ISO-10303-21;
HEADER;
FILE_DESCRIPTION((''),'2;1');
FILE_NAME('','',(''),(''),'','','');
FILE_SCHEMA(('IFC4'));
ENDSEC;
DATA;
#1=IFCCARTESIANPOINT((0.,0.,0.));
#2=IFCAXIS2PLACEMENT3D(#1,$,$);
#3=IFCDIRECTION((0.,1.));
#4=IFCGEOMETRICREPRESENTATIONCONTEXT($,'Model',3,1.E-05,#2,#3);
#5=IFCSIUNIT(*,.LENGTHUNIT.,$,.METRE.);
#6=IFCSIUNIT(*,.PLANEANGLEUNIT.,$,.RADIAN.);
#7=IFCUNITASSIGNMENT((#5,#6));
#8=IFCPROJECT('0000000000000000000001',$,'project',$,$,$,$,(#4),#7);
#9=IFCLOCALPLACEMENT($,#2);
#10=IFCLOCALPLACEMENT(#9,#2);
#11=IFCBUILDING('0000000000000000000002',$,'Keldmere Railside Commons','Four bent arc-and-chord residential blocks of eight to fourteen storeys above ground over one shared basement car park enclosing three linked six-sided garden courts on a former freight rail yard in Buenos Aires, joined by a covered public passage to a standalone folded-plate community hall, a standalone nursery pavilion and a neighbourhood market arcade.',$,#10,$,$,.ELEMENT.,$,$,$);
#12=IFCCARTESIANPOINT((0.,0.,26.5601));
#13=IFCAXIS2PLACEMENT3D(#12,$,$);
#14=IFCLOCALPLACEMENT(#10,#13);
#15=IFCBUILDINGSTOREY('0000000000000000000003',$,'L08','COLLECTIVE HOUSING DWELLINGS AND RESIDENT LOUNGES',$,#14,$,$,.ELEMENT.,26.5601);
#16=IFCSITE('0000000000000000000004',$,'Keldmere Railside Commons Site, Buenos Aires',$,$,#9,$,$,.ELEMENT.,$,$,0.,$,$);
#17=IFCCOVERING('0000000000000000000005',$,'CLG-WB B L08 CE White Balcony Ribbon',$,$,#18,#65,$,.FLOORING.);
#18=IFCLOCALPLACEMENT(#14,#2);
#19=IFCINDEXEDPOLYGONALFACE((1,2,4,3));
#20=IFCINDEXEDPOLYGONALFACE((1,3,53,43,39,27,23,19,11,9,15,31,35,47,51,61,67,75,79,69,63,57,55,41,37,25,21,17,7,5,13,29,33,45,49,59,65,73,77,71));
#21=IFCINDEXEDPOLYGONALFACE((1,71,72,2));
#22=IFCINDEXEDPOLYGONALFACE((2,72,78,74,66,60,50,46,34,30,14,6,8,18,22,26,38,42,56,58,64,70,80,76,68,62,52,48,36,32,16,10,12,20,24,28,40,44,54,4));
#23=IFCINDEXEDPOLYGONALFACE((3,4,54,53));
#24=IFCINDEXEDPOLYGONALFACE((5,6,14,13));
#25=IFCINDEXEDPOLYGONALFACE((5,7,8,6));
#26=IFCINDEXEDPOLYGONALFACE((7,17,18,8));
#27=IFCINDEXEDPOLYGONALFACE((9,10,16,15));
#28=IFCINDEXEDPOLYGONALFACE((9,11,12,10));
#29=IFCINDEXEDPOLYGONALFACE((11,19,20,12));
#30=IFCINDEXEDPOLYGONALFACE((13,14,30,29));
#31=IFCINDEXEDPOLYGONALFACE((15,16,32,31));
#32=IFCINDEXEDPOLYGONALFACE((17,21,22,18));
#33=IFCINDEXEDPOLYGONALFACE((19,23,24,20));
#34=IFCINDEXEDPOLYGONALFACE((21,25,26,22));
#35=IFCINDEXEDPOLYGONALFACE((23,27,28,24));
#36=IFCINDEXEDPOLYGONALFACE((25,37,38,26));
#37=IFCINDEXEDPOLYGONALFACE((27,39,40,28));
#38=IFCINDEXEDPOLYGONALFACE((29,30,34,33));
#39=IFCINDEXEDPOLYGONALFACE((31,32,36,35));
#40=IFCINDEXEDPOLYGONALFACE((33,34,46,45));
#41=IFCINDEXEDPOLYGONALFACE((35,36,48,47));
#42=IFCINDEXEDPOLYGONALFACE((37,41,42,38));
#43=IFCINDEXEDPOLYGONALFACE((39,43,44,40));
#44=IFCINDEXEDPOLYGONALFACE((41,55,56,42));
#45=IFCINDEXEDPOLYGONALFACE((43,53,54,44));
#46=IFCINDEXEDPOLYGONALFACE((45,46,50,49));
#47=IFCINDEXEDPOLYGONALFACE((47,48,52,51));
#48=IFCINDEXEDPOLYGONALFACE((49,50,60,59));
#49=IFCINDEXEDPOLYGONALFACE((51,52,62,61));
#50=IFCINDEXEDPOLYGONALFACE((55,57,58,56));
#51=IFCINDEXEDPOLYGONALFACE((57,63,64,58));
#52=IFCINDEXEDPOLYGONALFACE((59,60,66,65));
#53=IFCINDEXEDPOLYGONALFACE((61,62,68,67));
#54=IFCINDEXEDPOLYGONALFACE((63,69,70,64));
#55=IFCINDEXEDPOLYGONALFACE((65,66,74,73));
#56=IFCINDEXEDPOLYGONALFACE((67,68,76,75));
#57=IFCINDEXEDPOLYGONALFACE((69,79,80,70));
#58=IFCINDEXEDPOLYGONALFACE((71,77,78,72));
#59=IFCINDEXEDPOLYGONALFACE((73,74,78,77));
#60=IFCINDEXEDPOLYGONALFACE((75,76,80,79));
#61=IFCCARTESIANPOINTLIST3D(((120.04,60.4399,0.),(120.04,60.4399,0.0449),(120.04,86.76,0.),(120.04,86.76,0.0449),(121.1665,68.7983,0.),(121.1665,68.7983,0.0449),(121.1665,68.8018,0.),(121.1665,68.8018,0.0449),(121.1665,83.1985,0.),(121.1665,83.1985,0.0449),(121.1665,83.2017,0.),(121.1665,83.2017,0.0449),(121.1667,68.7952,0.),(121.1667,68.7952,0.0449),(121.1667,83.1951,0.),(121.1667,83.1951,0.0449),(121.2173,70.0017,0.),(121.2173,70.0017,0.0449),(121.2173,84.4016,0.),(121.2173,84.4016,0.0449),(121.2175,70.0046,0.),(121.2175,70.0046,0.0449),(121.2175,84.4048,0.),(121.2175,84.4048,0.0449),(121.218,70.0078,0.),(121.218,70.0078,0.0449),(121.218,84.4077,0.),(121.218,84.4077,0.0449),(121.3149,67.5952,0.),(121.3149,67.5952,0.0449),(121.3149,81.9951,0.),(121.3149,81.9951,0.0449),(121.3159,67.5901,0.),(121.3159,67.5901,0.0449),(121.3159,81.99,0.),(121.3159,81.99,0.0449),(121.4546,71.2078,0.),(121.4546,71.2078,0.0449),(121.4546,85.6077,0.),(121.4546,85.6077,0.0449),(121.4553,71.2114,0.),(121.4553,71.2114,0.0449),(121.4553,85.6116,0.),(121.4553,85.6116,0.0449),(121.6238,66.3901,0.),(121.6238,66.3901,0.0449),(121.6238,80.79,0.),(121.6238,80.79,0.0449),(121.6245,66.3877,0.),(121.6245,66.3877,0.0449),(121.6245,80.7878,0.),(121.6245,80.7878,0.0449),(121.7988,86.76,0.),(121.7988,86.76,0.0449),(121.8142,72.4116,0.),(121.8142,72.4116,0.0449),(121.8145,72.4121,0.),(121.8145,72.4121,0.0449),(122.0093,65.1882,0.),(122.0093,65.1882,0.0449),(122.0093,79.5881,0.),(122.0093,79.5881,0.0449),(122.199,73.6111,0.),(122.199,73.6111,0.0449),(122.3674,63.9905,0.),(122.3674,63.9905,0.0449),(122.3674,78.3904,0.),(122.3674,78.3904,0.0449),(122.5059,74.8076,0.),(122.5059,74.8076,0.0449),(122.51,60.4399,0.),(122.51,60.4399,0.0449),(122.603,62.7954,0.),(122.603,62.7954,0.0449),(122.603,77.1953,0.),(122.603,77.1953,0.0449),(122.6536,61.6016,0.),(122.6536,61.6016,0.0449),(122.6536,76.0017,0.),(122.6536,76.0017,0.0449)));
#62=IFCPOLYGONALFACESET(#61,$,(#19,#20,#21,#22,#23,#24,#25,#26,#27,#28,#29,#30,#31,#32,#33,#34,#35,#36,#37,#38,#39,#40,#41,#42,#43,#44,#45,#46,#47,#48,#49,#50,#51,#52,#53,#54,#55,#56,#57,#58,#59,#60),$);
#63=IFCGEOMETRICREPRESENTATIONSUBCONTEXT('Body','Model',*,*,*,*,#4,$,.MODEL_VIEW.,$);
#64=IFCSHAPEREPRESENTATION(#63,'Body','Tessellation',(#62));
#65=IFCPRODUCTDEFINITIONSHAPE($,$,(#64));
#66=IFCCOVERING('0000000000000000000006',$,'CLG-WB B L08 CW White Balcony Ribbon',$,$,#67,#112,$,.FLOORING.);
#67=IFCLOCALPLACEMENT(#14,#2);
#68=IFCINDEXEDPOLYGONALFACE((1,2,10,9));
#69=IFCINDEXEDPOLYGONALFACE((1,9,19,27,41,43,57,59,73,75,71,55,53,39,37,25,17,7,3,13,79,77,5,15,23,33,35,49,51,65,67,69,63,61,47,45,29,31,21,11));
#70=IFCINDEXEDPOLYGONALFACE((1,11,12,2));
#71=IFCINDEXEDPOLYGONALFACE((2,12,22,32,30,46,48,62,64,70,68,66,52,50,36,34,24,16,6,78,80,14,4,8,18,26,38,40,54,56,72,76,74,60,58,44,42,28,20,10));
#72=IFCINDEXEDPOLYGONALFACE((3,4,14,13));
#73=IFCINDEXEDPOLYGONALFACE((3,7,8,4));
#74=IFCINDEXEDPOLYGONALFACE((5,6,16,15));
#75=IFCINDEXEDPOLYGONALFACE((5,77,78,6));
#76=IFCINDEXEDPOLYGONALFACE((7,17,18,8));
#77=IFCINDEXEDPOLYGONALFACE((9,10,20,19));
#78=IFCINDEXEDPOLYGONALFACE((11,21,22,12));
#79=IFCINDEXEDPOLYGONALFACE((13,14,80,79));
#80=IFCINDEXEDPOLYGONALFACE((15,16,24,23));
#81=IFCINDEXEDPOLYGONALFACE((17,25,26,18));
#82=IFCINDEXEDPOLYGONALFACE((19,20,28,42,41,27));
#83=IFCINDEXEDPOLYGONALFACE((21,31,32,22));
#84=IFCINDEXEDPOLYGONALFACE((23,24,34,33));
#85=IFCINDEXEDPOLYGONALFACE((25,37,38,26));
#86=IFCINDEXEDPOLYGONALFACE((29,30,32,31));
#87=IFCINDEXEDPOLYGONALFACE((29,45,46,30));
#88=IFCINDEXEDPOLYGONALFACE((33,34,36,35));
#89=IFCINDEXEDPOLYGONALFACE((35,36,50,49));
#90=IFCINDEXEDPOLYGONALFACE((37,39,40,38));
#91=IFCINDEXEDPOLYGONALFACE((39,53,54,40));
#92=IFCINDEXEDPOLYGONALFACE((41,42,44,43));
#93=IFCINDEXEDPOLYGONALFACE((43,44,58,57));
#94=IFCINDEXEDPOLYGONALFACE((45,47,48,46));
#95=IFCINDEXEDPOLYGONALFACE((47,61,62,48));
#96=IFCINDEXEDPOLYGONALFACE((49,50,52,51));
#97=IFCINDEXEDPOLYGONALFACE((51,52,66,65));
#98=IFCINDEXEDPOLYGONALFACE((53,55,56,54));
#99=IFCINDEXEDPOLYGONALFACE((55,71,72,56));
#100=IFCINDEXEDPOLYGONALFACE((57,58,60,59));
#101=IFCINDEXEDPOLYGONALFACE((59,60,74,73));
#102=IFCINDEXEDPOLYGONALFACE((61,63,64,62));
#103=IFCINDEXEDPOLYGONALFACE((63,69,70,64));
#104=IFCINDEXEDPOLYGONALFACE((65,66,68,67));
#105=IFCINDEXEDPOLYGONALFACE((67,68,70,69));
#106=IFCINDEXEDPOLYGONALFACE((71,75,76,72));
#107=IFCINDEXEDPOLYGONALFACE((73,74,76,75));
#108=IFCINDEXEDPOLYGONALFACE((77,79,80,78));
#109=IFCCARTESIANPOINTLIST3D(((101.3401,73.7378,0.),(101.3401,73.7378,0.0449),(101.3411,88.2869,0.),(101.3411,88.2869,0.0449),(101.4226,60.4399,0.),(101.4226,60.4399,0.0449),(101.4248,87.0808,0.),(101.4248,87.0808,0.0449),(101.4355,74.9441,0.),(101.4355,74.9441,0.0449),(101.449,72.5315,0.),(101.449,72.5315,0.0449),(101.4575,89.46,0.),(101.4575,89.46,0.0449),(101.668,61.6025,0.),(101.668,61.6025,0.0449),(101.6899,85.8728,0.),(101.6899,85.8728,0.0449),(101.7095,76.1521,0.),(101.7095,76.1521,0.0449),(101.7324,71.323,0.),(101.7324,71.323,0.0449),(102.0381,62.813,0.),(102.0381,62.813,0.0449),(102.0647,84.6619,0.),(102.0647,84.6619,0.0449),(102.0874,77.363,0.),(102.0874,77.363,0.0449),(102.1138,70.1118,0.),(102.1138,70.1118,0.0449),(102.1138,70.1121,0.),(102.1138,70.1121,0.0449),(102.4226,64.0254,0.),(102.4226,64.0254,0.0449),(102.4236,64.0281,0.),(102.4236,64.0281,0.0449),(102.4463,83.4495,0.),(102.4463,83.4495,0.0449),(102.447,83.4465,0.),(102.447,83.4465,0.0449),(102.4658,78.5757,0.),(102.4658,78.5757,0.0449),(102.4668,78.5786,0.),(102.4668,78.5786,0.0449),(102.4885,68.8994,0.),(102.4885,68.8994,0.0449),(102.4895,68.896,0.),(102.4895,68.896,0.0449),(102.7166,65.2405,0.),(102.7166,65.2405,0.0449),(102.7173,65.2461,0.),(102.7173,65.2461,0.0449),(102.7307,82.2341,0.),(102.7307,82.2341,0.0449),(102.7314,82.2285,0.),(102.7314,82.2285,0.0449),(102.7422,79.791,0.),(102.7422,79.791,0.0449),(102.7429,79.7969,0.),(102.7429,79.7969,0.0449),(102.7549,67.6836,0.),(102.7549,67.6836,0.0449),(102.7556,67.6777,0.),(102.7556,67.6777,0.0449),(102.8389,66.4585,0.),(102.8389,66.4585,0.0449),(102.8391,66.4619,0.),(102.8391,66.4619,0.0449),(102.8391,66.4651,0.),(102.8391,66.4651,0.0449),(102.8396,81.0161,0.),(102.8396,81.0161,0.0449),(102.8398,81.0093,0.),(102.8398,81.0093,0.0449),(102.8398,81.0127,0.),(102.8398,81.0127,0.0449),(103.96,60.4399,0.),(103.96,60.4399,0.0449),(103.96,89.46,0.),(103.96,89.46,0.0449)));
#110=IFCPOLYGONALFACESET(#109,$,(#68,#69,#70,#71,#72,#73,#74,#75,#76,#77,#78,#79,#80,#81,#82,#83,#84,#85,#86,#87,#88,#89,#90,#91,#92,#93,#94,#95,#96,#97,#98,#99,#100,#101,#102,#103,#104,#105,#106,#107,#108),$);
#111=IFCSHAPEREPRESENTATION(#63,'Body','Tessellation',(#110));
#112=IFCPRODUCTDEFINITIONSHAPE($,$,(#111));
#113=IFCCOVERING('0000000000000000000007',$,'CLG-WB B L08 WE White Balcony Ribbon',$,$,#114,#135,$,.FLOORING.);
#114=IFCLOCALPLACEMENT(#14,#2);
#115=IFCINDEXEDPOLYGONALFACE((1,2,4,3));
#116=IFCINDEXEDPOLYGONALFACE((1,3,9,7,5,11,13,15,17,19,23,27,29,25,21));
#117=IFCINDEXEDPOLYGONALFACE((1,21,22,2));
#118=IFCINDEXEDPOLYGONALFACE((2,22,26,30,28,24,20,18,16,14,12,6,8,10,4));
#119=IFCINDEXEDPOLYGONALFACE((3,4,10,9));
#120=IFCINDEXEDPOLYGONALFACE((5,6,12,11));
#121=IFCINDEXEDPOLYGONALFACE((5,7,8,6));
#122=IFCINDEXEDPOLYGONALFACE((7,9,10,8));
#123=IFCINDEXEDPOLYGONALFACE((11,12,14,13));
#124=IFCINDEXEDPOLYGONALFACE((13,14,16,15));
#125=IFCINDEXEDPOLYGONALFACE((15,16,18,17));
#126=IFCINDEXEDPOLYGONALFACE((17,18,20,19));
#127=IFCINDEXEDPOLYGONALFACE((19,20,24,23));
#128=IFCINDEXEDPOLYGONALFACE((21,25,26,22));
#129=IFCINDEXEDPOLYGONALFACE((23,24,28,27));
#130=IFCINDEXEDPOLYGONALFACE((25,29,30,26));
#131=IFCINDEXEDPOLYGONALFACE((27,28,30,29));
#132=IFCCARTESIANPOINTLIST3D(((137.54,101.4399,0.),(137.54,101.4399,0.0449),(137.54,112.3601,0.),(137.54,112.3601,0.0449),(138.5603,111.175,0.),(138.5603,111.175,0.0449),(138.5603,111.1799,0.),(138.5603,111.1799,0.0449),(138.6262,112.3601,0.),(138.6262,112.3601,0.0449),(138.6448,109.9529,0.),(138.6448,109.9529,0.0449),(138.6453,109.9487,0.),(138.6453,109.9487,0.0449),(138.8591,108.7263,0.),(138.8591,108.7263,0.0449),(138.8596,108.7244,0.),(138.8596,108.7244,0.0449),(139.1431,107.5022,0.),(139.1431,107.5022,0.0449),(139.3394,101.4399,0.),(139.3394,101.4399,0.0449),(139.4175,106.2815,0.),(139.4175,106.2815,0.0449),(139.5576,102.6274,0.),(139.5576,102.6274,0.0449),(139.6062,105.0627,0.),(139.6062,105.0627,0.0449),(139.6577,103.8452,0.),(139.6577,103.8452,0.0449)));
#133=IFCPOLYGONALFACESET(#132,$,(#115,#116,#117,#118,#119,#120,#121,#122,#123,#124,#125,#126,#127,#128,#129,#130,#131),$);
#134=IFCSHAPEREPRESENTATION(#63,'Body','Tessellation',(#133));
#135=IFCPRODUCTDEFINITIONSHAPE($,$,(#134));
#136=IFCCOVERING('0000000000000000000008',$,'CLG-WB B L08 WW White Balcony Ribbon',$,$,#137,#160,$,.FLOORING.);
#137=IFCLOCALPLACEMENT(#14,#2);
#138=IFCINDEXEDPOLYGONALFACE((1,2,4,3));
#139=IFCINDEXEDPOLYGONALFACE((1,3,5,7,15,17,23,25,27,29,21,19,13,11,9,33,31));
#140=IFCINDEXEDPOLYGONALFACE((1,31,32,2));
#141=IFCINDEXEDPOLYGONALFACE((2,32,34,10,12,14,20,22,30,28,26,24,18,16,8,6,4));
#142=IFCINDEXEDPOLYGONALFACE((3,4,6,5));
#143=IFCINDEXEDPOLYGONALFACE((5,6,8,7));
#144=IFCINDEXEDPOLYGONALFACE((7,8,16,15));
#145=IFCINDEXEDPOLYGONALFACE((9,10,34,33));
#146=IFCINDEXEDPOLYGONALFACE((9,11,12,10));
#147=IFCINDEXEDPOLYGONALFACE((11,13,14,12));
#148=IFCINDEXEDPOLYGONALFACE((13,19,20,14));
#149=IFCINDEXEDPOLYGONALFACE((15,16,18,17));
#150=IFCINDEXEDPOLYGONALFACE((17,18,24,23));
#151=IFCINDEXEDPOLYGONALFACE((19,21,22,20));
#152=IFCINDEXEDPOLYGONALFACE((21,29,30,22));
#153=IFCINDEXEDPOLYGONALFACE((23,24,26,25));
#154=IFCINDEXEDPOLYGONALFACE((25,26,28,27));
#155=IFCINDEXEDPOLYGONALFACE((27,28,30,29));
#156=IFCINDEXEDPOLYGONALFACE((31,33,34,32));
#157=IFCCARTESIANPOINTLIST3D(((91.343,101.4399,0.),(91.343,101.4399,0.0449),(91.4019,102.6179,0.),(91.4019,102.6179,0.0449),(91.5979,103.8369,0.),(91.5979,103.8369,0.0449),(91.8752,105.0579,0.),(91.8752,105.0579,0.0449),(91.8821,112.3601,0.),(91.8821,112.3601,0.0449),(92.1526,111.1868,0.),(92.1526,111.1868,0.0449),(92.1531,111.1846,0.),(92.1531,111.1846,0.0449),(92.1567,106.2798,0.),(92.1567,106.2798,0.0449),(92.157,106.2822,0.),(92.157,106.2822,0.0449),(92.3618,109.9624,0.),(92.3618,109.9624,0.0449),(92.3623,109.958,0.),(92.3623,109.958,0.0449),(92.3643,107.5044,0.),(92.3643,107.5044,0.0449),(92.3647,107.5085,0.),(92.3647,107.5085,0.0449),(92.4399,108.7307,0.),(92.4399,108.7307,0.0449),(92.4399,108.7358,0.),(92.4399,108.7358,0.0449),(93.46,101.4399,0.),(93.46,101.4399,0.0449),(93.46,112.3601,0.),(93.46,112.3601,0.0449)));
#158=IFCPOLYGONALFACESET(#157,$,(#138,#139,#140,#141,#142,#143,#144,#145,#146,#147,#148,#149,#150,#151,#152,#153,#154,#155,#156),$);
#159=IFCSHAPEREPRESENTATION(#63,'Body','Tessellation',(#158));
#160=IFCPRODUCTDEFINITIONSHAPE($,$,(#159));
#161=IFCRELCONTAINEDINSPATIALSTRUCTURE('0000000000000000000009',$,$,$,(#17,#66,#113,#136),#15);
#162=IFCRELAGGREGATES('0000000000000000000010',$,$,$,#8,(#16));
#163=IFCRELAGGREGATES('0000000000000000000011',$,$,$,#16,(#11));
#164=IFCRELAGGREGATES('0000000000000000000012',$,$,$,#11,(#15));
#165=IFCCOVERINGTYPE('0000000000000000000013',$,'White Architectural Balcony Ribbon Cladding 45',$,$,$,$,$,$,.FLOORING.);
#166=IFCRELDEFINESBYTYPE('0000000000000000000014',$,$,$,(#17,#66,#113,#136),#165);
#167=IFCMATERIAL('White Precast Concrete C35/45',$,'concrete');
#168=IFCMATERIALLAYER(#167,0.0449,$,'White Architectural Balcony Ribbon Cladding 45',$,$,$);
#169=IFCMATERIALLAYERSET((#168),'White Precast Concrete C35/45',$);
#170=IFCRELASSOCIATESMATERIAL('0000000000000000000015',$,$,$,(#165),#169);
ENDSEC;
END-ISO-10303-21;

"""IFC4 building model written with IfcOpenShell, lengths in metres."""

from ifc_helpers import new_model, si_unit, direction, frame, origin, place, context, subcontext, project, spatial, polyline, outline, extrude, material, layer, layer_set, type_object, element, save


model = new_model("IFC4")

# Units and contexts
model_context = context("Model", 3, precision=1e-05, world=origin(), true_north=direction((0.0, 1.0)))
body_context = subcontext(model_context, "Body", "Model", "MODEL_VIEW")
ifc_project = project(units=[si_unit("LENGTHUNIT", "METRE"), si_unit("PLANEANGLEUNIT", "RADIAN")], contexts=[model_context])

# Site, building, storey
site_placement = place(None, origin())
site = spatial("IfcSite", under=ifc_project, at=site_placement, Name="Keldmere Railside Commons Site, Buenos Aires", CompositionType="ELEMENT", RefElevation=0.0)
building_placement = place(site_placement, origin())
building = spatial("IfcBuilding", under=site, at=building_placement, Name="Keldmere Railside Commons", Description="Four bent arc-and-chord residential blocks of eight to fourteen storeys above ground over one shared basement car park enclosing three linked six-sided garden courts on a former freight rail yard in Buenos Aires, joined by a covered public passage to a standalone folded-plate community hall, a standalone nursery pavilion and a neighbourhood market arcade.", CompositionType="ELEMENT")
storey_placement = place(building_placement, frame((0.0, 0.0, 26.5601)))
storey = spatial("IfcBuildingStorey", under=building, at=storey_placement, Name="L08", Description="COLLECTIVE HOUSING DWELLINGS AND RESIDENT LOUNGES", CompositionType="ELEMENT", Elevation=26.5601)

# Coverings
ifc_material_1 = material(Name="White Precast Concrete C35/45", Category="concrete")
ifc_layer_1 = layer(ifc_material_1, 0.0449, Name="White Architectural Balcony Ribbon Cladding 45")
ifc_layer_set_1 = layer_set([ifc_layer_1], Name="White Precast Concrete C35/45")
covering_type_1 = type_object("IfcCoveringType", Name="White Architectural Balcony Ribbon Cladding 45", PredefinedType="FLOORING", material=ifc_layer_set_1)
covering_1_placement = place(storey_placement, origin())
element("IfcCovering", 1, at=covering_1_placement, inside=storey, type_object=covering_type_1, Name="CLG-WB B L08 CE White Balcony Ribbon", PredefinedType="FLOORING", context=body_context, shape_type="SweptSolid", body=[
    extrude(outline(polyline([(122.6536, 61.6016), (122.603, 62.7954), (122.3674, 63.9905), (122.0093, 65.1882), (121.6245, 66.3877), (121.6238, 66.3901), (121.3159, 67.5901), (121.3149, 67.5952), (121.1667, 68.7952), (121.1665, 68.7983), (121.1665, 68.8018), (121.2173, 70.0017), (121.2175, 70.0046), (121.218, 70.0078), (121.4546, 71.2078), (121.4553, 71.2114), (121.8142, 72.4116), (121.8145, 72.4121), (122.199, 73.6111), (122.5059, 74.8076), (122.6536, 76.0017), (122.603, 77.1953), (122.3674, 78.3904), (122.0093, 79.5881), (121.6245, 80.7878), (121.6238, 80.79), (121.3159, 81.99), (121.3149, 81.9951), (121.1667, 83.1951), (121.1665, 83.1985), (121.1665, 83.2017), (121.2173, 84.4016), (121.2175, 84.4048), (121.218, 84.4077), (121.4546, 85.6077), (121.4553, 85.6116), (121.7988, 86.76), (120.04, 86.76), (120.04, 60.4399), (122.51, 60.4399), (122.6536, 61.6016)])), origin(), (0.0, 0.0, 1.0), 0.0449),
])
covering_2_placement = place(storey_placement, origin())
element("IfcCovering", 2, at=covering_2_placement, inside=storey, type_object=covering_type_1, Name="CLG-WB B L08 CW White Balcony Ribbon", PredefinedType="FLOORING", context=body_context, shape_type="SweptSolid", body=[
    extrude(outline(polyline([(103.96, 89.46), (101.4575, 89.46), (101.3411, 88.2869), (101.4248, 87.0808), (101.6899, 85.8728), (102.0647, 84.6619), (102.4463, 83.4495), (102.447, 83.4465), (102.7307, 82.2341), (102.7314, 82.2285), (102.8396, 81.0161), (102.8398, 81.0127), (102.8398, 81.0093), (102.7429, 79.7969), (102.7422, 79.791), (102.4668, 78.5786), (102.4658, 78.5757), (102.0874, 77.363), (101.7095, 76.1521), (101.4355, 74.9441), (101.3401, 73.7378), (101.449, 72.5315), (101.7324, 71.323), (102.1138, 70.1121), (102.1138, 70.1118), (102.4885, 68.8994), (102.4895, 68.896), (102.7549, 67.6836), (102.7556, 67.6777), (102.8391, 66.4651), (102.8391, 66.4619), (102.8389, 66.4585), (102.7173, 65.2461), (102.7166, 65.2405), (102.4236, 64.0281), (102.4226, 64.0254), (102.0381, 62.813), (101.668, 61.6025), (101.4226, 60.4399), (103.96, 60.4399), (103.96, 89.46)])), origin(), (0.0, 0.0, 1.0), 0.0449),
])
covering_3_placement = place(storey_placement, origin())
element("IfcCovering", 3, at=covering_3_placement, inside=storey, type_object=covering_type_1, Name="CLG-WB B L08 WE White Balcony Ribbon", PredefinedType="FLOORING", context=body_context, shape_type="SweptSolid", body=[
    extrude(outline(polyline([(139.5576, 102.6274), (139.6577, 103.8452), (139.6062, 105.0627), (139.4175, 106.2815), (139.1431, 107.5022), (138.8596, 108.7244), (138.8591, 108.7263), (138.6453, 109.9487), (138.6448, 109.9529), (138.5603, 111.175), (138.5603, 111.1799), (138.6262, 112.3601), (137.54, 112.3601), (137.54, 101.4399), (139.3394, 101.4399), (139.5576, 102.6274)])), origin(), (0.0, 0.0, 1.0), 0.0449),
])
covering_4_placement = place(storey_placement, origin())
element("IfcCovering", 4, at=covering_4_placement, inside=storey, type_object=covering_type_1, Name="CLG-WB B L08 WW White Balcony Ribbon", PredefinedType="FLOORING", context=body_context, shape_type="SweptSolid", body=[
    extrude(outline(polyline([(93.46, 112.3601), (91.8821, 112.3601), (92.1526, 111.1868), (92.1531, 111.1846), (92.3618, 109.9624), (92.3623, 109.958), (92.4399, 108.7358), (92.4399, 108.7307), (92.3647, 107.5085), (92.3643, 107.5044), (92.157, 106.2822), (92.1567, 106.2798), (91.8752, 105.0579), (91.5979, 103.8369), (91.4019, 102.6179), (91.343, 101.4399), (93.46, 101.4399), (93.46, 112.3601)])), origin(), (0.0, 0.0, 1.0), 0.0449),
])

save(model, "model.ifc")
